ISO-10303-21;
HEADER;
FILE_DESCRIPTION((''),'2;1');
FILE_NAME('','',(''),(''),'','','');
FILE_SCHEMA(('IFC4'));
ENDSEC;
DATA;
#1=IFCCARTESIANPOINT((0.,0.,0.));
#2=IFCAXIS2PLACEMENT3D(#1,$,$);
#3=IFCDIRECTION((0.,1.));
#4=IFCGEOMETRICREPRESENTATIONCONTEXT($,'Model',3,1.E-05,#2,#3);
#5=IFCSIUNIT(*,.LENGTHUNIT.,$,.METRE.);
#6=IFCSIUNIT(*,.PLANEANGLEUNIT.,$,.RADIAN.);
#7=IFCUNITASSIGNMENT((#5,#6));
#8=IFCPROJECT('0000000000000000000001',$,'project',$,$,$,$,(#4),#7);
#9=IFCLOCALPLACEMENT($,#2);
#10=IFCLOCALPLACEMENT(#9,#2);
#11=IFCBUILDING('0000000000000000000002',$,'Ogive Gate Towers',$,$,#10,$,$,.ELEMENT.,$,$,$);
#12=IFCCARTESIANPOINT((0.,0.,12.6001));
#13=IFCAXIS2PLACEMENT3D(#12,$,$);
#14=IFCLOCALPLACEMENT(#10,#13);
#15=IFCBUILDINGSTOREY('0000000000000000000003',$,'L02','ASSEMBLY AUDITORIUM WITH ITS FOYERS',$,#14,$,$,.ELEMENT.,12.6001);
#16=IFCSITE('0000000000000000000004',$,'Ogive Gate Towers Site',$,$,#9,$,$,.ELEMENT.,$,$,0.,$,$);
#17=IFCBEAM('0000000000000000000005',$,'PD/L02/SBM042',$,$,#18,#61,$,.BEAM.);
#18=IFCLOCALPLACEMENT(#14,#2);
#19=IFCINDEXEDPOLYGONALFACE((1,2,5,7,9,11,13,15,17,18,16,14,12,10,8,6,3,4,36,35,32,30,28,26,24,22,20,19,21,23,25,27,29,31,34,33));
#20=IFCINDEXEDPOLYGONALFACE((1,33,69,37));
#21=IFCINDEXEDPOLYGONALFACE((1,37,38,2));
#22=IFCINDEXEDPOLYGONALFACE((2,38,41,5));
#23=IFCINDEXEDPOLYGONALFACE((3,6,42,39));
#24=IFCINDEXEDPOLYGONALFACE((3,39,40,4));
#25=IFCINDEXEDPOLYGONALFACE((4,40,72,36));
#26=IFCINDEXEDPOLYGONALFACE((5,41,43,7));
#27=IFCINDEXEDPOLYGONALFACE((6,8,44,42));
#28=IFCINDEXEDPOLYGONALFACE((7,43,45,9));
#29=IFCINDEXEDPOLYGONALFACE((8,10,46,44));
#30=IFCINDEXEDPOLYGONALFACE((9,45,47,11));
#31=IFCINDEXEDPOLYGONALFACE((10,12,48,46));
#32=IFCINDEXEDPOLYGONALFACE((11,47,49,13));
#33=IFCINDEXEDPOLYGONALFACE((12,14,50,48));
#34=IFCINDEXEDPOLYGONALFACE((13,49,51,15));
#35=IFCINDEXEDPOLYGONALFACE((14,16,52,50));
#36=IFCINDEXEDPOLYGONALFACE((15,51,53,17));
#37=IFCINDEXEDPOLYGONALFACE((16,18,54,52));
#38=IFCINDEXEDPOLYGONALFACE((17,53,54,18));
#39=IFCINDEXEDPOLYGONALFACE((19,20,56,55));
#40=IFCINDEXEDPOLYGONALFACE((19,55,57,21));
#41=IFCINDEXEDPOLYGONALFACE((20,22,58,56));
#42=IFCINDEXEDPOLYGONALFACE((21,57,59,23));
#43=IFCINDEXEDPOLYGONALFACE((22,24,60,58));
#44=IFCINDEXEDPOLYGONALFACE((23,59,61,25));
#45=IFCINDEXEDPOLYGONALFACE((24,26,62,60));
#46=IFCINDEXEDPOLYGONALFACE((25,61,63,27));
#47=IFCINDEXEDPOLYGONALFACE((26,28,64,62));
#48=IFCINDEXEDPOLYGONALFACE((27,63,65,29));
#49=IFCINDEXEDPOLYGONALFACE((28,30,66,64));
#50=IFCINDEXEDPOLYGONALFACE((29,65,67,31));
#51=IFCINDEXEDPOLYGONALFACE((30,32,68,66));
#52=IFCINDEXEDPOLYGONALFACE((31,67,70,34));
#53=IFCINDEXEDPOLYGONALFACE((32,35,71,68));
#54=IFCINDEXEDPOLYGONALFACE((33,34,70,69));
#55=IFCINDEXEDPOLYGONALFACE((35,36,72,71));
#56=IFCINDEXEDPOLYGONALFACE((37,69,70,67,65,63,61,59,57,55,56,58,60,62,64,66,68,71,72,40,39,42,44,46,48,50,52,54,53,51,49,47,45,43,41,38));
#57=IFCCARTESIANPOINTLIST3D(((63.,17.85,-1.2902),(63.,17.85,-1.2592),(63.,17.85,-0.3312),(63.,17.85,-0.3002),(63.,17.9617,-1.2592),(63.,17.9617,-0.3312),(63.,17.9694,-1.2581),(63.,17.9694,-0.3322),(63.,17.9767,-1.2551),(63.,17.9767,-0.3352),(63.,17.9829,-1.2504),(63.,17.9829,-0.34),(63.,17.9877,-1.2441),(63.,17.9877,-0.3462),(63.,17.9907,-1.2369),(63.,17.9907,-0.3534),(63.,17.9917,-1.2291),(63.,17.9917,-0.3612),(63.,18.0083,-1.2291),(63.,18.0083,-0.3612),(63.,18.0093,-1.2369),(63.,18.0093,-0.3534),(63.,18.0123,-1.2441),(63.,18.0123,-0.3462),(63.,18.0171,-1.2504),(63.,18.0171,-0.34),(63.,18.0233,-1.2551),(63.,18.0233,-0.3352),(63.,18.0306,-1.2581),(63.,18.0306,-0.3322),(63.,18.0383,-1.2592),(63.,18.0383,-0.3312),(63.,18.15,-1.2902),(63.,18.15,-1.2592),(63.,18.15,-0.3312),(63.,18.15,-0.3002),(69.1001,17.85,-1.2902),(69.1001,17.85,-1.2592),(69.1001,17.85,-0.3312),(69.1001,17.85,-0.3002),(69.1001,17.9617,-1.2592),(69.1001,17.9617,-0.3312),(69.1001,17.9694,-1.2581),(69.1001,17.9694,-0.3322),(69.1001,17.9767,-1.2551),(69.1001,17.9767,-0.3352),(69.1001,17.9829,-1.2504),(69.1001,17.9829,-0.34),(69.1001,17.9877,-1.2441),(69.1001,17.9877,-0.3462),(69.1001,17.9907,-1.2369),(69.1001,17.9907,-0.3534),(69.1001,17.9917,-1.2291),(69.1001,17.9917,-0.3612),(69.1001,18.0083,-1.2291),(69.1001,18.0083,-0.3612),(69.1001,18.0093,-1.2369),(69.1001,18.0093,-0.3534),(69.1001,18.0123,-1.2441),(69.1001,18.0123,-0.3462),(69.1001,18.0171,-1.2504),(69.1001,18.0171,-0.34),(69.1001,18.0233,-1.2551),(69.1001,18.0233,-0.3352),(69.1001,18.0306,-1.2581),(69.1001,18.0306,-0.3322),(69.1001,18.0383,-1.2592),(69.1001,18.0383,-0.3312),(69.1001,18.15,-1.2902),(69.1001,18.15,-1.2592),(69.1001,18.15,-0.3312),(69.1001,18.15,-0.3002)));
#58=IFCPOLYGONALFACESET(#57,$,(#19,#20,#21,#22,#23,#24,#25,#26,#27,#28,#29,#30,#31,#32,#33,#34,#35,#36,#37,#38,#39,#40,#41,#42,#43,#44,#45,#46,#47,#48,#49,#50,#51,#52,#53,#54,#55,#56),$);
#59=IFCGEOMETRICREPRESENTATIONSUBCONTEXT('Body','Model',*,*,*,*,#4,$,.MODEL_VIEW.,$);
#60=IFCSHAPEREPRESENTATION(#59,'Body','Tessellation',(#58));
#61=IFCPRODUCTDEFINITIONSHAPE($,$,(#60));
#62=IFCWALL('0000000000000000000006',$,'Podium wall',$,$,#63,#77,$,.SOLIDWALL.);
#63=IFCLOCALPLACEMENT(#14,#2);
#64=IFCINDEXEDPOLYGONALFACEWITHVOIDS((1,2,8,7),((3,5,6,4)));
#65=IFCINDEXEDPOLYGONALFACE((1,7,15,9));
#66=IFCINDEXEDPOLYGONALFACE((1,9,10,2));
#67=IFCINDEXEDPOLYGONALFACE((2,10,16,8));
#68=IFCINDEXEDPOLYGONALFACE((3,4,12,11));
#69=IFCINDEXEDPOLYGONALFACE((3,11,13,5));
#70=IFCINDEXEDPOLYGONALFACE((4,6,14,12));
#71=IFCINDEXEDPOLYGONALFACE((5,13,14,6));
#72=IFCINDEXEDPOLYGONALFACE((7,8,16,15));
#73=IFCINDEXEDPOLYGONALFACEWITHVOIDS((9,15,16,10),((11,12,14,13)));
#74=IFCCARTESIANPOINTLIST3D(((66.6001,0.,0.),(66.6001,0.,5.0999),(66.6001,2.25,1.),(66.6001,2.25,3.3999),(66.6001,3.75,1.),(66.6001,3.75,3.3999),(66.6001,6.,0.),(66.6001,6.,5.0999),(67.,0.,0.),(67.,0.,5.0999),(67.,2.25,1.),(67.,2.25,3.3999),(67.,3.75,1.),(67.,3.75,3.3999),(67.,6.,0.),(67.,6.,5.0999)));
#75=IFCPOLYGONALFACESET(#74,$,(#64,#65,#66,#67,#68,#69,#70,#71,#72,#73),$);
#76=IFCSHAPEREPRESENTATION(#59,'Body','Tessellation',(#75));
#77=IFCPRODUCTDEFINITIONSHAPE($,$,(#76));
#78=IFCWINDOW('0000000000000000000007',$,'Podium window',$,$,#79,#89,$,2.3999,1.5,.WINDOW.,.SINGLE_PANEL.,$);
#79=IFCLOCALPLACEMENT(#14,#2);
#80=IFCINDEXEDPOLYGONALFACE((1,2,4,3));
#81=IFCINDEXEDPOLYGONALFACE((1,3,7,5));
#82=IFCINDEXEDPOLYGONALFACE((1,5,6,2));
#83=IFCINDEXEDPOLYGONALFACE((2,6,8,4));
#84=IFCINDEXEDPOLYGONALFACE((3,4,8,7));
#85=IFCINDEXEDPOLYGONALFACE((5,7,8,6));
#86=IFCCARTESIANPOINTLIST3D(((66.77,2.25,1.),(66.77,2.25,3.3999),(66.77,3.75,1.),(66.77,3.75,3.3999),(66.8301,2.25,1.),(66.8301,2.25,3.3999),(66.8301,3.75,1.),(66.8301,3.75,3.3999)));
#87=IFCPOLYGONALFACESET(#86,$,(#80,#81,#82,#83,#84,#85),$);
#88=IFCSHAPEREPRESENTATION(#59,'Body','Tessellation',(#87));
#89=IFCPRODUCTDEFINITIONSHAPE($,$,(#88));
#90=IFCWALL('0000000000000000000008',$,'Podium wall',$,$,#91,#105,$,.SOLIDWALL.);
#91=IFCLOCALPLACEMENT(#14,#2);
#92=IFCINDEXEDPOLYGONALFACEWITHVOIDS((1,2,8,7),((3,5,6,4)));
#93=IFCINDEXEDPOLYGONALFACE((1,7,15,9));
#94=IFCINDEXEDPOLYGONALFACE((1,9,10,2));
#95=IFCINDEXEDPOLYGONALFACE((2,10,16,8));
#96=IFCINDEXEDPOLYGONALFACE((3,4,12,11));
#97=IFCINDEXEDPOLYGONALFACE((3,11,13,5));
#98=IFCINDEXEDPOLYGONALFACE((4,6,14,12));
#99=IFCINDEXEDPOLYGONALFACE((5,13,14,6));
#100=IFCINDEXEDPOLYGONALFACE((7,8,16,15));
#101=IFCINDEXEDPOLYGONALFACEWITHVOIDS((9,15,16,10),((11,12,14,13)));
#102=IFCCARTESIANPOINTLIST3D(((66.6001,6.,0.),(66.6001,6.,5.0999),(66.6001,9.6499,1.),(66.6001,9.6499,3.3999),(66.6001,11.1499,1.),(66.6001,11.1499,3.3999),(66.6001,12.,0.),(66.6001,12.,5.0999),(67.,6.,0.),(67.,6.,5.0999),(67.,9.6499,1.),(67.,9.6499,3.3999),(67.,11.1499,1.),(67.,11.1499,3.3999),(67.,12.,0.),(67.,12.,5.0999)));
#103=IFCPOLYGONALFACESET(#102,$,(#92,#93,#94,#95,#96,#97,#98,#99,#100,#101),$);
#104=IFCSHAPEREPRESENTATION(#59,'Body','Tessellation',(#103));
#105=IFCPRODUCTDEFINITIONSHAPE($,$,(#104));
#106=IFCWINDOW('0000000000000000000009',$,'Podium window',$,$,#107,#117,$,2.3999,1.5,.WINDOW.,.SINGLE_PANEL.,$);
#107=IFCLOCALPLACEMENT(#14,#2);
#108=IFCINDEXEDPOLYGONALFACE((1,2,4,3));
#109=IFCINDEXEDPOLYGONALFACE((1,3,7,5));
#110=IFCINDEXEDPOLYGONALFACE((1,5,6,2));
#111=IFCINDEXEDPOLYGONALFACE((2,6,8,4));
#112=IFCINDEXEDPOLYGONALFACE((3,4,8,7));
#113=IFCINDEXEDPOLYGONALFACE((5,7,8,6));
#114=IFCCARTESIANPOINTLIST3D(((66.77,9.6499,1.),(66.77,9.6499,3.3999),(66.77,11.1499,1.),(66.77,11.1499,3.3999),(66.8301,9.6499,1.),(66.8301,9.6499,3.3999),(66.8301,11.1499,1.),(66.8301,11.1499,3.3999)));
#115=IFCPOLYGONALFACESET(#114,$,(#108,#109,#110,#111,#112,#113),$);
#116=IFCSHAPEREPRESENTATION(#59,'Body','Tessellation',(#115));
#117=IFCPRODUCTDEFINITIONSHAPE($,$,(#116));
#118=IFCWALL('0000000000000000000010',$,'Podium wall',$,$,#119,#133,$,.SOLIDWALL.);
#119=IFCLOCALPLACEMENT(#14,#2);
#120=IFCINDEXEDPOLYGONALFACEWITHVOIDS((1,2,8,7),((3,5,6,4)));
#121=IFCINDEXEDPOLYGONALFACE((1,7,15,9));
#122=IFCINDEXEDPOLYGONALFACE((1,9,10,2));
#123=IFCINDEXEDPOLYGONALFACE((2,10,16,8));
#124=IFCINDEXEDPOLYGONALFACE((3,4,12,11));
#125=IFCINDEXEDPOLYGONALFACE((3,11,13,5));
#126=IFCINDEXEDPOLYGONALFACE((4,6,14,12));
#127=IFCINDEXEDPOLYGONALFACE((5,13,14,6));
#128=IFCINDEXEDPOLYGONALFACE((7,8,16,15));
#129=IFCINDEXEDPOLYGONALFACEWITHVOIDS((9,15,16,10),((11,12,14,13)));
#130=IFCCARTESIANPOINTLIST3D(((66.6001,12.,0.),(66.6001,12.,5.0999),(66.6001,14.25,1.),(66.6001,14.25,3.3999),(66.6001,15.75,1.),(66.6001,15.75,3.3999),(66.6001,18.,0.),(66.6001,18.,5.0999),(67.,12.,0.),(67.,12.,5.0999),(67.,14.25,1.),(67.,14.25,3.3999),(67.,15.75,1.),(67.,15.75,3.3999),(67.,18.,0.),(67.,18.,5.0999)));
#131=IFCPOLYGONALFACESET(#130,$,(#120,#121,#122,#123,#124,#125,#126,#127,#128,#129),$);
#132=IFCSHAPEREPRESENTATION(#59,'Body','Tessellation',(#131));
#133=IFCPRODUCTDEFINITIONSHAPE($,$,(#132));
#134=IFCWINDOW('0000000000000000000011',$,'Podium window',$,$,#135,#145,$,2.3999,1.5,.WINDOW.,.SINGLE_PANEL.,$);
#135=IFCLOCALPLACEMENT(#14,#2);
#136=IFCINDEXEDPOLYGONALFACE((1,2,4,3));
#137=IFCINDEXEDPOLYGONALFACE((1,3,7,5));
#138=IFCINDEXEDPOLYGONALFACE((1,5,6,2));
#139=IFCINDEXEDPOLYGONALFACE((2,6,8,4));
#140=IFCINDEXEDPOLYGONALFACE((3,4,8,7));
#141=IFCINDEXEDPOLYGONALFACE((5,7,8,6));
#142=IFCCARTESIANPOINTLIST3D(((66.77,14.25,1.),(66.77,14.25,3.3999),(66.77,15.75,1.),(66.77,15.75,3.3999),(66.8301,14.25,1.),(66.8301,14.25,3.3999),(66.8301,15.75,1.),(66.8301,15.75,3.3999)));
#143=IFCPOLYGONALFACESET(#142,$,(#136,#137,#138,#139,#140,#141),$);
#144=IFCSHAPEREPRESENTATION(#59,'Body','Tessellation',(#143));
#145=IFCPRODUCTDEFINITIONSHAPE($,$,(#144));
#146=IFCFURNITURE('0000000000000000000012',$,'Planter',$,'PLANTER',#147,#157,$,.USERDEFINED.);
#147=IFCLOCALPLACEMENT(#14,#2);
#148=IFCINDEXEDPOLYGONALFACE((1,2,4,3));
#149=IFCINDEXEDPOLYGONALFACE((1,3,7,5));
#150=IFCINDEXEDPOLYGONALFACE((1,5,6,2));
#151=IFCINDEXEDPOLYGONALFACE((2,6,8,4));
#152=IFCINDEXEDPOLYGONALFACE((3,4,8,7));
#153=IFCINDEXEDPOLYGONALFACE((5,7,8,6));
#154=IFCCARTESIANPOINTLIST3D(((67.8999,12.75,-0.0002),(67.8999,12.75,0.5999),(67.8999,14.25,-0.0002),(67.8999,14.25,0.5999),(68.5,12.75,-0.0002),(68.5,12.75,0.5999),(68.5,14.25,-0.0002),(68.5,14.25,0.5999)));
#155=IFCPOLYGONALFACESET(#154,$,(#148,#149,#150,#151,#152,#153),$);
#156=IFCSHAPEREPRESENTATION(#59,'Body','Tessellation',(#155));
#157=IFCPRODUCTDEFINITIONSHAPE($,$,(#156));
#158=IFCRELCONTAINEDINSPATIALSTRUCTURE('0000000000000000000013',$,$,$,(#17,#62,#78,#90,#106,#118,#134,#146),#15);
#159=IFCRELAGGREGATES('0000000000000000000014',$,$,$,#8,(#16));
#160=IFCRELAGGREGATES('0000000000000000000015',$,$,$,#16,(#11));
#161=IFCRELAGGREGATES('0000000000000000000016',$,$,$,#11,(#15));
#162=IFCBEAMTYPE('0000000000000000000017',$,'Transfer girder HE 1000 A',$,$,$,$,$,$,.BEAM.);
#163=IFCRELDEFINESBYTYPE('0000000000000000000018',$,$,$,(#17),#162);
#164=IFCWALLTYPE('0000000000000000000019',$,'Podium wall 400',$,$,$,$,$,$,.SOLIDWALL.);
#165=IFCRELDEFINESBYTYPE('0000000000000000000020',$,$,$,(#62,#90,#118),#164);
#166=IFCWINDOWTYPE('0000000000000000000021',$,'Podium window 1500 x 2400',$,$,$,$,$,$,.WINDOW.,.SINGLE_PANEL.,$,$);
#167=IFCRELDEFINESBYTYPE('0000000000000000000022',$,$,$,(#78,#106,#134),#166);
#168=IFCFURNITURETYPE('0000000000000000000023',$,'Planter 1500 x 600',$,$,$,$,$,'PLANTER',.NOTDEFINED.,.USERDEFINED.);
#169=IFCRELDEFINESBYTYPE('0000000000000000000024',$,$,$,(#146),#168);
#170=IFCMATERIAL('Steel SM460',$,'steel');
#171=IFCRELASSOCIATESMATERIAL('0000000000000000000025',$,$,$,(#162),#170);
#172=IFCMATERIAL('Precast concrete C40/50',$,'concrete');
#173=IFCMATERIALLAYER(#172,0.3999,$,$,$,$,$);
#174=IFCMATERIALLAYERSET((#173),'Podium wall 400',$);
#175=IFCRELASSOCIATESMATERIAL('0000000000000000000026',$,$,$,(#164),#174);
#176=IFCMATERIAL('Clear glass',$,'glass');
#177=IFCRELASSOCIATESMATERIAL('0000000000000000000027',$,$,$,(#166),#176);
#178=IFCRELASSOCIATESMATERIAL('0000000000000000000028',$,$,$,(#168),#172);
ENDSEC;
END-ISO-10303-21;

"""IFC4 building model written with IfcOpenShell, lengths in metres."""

from ifc_helpers import new_model, si_unit, direction, frame, frame_2d, origin, origin_2d, place, context, subcontext, project, spatial, rectangle, i_section, extrude, material, layer, layer_set, material_profile, profile_set, type_object, element, fill, save


model = new_model("IFC4")

# Units and contexts
model_context = context("Model", 3, precision=1e-05, world=origin(), true_north=direction((0.0, 1.0)))
body_context = subcontext(model_context, "Body", "Model", "MODEL_VIEW")
ifc_project = project(units=[si_unit("LENGTHUNIT", "METRE"), si_unit("PLANEANGLEUNIT", "RADIAN")], contexts=[model_context])

# Site, building, storey
site_placement = place(None, origin())
site = spatial("IfcSite", under=ifc_project, at=site_placement, Name="Ogive Gate Towers Site", CompositionType="ELEMENT", RefElevation=0.0)
building_placement = place(site_placement, origin())
building = spatial("IfcBuilding", under=site, at=building_placement, Name="Ogive Gate Towers", CompositionType="ELEMENT")
storey_placement = place(building_placement, frame((0.0, 0.0, 12.6001)))
storey = spatial("IfcBuildingStorey", under=building, at=storey_placement, Name="L02", Description="ASSEMBLY AUDITORIUM WITH ITS FOYERS", CompositionType="ELEMENT", Elevation=12.6001)

# Beam
ifc_material_1 = material(Name="Steel SM460", Category="steel")
ifc_material_profile_1 = material_profile(ifc_material_1, i_section(OverallWidth=0.3, OverallDepth=0.99, WebThickness=0.0166, FlangeThickness=0.031, FilletRadius=0.03, at=origin_2d()), Name="HE 1000 A")
ifc_profile_set_1 = profile_set([ifc_material_profile_1], Name="Steel SM460")
beam_type_1 = type_object("IfcBeamType", Name="Transfer girder HE 1000 A", PredefinedType="BEAM", material=ifc_profile_set_1)
for number, where, z_axis, x_axis, name in (
    (1, (63.0, 18.0, -0.7952), (1.0, 0.0, 0.0), (0.0, 1.0, 0.0), "PD/L02/SBM042"),
):
    element("IfcBeam", number, at=place(storey_placement, frame(where, z_axis=z_axis, x_axis=x_axis)), inside=storey, type_object=beam_type_1, Name=name, PredefinedType="BEAM", context=body_context, shape_type="SweptSolid", body=[
        extrude(i_section(OverallWidth=0.3, OverallDepth=0.99, WebThickness=0.0166, FlangeThickness=0.031, FilletRadius=0.03, at=origin_2d()), origin(), (0.0, 0.0, 1.0), 6.1001),
    ])

# Walls, openings, windows
ifc_material_2 = material(Name="Precast concrete C40/50", Category="concrete")
ifc_layer = layer(ifc_material_2, 0.3999)
ifc_layer_set = layer_set([ifc_layer], Name="Podium wall 400")
wall_type = type_object("IfcWallType", Name="Podium wall 400", PredefinedType="SOLIDWALL", material=ifc_layer_set)
wall_1_placement = place(storey_placement, frame((66.8, 0.0, 0.0), z_axis=(0.0, 0.0, 1.0), x_axis=(0.0, 1.0, 0.0)))
wall_1 = element("IfcWall", 2, at=wall_1_placement, inside=storey, type_object=wall_type, Name="Podium wall", PredefinedType="SOLIDWALL", context=body_context, shape_type="SweptSolid", body=[
    extrude(rectangle(XDim=6.0, YDim=0.3999, at=frame_2d((3.0, 0.0))), origin(), (0.0, 0.0, 1.0), 5.0999),
])
opening_1_placement = place(wall_1_placement, frame((2.25, 0.0, 1.0)))
opening_1 = element("IfcOpeningElement", 3, at=opening_1_placement, cuts=wall_1, PredefinedType="OPENING", context=body_context, shape_type="SweptSolid", body=[
    extrude(rectangle(XDim=1.5, YDim=2.3999, at=frame_2d((0.75, 1.2))), frame((0.0, 0.21, 0.0), z_axis=(0.0, -1.0, 0.0), x_axis=(1.0, 0.0, 0.0)), (0.0, 0.0, 1.0), 0.4199),
])
ifc_material_3 = material(Name="Clear glass", Category="glass")
window_type = type_object("IfcWindowType", Name="Podium window 1500 x 2400", PartitioningType="SINGLE_PANEL", PredefinedType="WINDOW", material=ifc_material_3)
window_1_placement = place(opening_1_placement, origin())
window_1 = element("IfcWindow", 4, at=window_1_placement, inside=storey, type_object=window_type, Name="Podium window", OverallHeight=2.3999, OverallWidth=1.5, PartitioningType="SINGLE_PANEL", PredefinedType="WINDOW", context=body_context, shape_type="SweptSolid", body=[
    extrude(rectangle(XDim=1.5, YDim=2.3999, at=frame_2d((0.75, 1.2))), frame((0.0, 0.03, 0.0), z_axis=(0.0, -1.0, 0.0), x_axis=(1.0, 0.0, 0.0)), (0.0, 0.0, 1.0), 0.0601),
])
fill(opening_1, window_1)
wall_2_placement = place(storey_placement, frame((66.8, 6.0, 0.0), z_axis=(0.0, 0.0, 1.0), x_axis=(0.0, 1.0, 0.0)))
wall_2 = element("IfcWall", 5, at=wall_2_placement, inside=storey, type_object=wall_type, Name="Podium wall", PredefinedType="SOLIDWALL", context=body_context, shape_type="SweptSolid", body=[
    extrude(rectangle(XDim=6.0, YDim=0.3999, at=frame_2d((3.0, 0.0))), origin(), (0.0, 0.0, 1.0), 5.0999),
])
opening_2_placement = place(wall_2_placement, frame((3.6499, 0.0, 1.0)))
opening_2 = element("IfcOpeningElement", 6, at=opening_2_placement, cuts=wall_2, PredefinedType="OPENING", context=body_context, shape_type="SweptSolid", body=[
    extrude(rectangle(XDim=1.5, YDim=2.3999, at=frame_2d((0.75, 1.2))), frame((0.0, 0.21, 0.0), z_axis=(0.0, -1.0, 0.0), x_axis=(1.0, 0.0, 0.0)), (0.0, 0.0, 1.0), 0.4199),
])
window_2_placement = place(opening_2_placement, origin())
window_2 = element("IfcWindow", 7, at=window_2_placement, inside=storey, type_object=window_type, Name="Podium window", OverallHeight=2.3999, OverallWidth=1.5, PartitioningType="SINGLE_PANEL", PredefinedType="WINDOW", context=body_context, shape_type="SweptSolid", body=[
    extrude(rectangle(XDim=1.5, YDim=2.3999, at=frame_2d((0.75, 1.2))), frame((0.0, 0.03, 0.0), z_axis=(0.0, -1.0, 0.0), x_axis=(1.0, 0.0, 0.0)), (0.0, 0.0, 1.0), 0.0601),
])
fill(opening_2, window_2)
wall_3_placement = place(storey_placement, frame((66.8, 12.0, 0.0), z_axis=(0.0, 0.0, 1.0), x_axis=(0.0, 1.0, 0.0)))
wall_3 = element("IfcWall", 8, at=wall_3_placement, inside=storey, type_object=wall_type, Name="Podium wall", PredefinedType="SOLIDWALL", context=body_context, shape_type="SweptSolid", body=[
    extrude(rectangle(XDim=6.0, YDim=0.3999, at=frame_2d((3.0, 0.0))), origin(), (0.0, 0.0, 1.0), 5.0999),
])
opening_3_placement = place(wall_3_placement, frame((2.25, 0.0, 1.0)))
opening_3 = element("IfcOpeningElement", 9, at=opening_3_placement, cuts=wall_3, PredefinedType="OPENING", context=body_context, shape_type="SweptSolid", body=[
    extrude(rectangle(XDim=1.5, YDim=2.3999, at=frame_2d((0.75, 1.2))), frame((0.0, 0.21, 0.0), z_axis=(0.0, -1.0, 0.0), x_axis=(1.0, 0.0, 0.0)), (0.0, 0.0, 1.0), 0.4199),
])
window_3_placement = place(opening_3_placement, origin())
window_3 = element("IfcWindow", 10, at=window_3_placement, inside=storey, type_object=window_type, Name="Podium window", OverallHeight=2.3999, OverallWidth=1.5, PartitioningType="SINGLE_PANEL", PredefinedType="WINDOW", context=body_context, shape_type="SweptSolid", body=[
    extrude(rectangle(XDim=1.5, YDim=2.3999, at=frame_2d((0.75, 1.2))), frame((0.0, 0.03, 0.0), z_axis=(0.0, -1.0, 0.0), x_axis=(1.0, 0.0, 0.0)), (0.0, 0.0, 1.0), 0.0601),
])
fill(opening_3, window_3)

# Furniture
furniture_type = type_object("IfcFurnitureType", Name="Planter 1500 x 600", ElementType="PLANTER", AssemblyPlace="NOTDEFINED", PredefinedType="USERDEFINED", material=ifc_material_2)
furniture_placement = place(storey_placement, frame((68.2, 13.5, -0.0002), z_axis=(0.0, 0.0, 1.0), x_axis=(0.0, 1.0, 0.0)))
element("IfcFurniture", 11, at=furniture_placement, inside=storey, type_object=furniture_type, Name="Planter", ObjectType="PLANTER", PredefinedType="USERDEFINED", context=body_context, shape_type="SweptSolid", body=[
    extrude(rectangle(XDim=1.5, YDim=0.6001, at=origin_2d()), origin(), (0.0, 0.0, 1.0), 0.6001),
])

save(model, "model.ifc")
